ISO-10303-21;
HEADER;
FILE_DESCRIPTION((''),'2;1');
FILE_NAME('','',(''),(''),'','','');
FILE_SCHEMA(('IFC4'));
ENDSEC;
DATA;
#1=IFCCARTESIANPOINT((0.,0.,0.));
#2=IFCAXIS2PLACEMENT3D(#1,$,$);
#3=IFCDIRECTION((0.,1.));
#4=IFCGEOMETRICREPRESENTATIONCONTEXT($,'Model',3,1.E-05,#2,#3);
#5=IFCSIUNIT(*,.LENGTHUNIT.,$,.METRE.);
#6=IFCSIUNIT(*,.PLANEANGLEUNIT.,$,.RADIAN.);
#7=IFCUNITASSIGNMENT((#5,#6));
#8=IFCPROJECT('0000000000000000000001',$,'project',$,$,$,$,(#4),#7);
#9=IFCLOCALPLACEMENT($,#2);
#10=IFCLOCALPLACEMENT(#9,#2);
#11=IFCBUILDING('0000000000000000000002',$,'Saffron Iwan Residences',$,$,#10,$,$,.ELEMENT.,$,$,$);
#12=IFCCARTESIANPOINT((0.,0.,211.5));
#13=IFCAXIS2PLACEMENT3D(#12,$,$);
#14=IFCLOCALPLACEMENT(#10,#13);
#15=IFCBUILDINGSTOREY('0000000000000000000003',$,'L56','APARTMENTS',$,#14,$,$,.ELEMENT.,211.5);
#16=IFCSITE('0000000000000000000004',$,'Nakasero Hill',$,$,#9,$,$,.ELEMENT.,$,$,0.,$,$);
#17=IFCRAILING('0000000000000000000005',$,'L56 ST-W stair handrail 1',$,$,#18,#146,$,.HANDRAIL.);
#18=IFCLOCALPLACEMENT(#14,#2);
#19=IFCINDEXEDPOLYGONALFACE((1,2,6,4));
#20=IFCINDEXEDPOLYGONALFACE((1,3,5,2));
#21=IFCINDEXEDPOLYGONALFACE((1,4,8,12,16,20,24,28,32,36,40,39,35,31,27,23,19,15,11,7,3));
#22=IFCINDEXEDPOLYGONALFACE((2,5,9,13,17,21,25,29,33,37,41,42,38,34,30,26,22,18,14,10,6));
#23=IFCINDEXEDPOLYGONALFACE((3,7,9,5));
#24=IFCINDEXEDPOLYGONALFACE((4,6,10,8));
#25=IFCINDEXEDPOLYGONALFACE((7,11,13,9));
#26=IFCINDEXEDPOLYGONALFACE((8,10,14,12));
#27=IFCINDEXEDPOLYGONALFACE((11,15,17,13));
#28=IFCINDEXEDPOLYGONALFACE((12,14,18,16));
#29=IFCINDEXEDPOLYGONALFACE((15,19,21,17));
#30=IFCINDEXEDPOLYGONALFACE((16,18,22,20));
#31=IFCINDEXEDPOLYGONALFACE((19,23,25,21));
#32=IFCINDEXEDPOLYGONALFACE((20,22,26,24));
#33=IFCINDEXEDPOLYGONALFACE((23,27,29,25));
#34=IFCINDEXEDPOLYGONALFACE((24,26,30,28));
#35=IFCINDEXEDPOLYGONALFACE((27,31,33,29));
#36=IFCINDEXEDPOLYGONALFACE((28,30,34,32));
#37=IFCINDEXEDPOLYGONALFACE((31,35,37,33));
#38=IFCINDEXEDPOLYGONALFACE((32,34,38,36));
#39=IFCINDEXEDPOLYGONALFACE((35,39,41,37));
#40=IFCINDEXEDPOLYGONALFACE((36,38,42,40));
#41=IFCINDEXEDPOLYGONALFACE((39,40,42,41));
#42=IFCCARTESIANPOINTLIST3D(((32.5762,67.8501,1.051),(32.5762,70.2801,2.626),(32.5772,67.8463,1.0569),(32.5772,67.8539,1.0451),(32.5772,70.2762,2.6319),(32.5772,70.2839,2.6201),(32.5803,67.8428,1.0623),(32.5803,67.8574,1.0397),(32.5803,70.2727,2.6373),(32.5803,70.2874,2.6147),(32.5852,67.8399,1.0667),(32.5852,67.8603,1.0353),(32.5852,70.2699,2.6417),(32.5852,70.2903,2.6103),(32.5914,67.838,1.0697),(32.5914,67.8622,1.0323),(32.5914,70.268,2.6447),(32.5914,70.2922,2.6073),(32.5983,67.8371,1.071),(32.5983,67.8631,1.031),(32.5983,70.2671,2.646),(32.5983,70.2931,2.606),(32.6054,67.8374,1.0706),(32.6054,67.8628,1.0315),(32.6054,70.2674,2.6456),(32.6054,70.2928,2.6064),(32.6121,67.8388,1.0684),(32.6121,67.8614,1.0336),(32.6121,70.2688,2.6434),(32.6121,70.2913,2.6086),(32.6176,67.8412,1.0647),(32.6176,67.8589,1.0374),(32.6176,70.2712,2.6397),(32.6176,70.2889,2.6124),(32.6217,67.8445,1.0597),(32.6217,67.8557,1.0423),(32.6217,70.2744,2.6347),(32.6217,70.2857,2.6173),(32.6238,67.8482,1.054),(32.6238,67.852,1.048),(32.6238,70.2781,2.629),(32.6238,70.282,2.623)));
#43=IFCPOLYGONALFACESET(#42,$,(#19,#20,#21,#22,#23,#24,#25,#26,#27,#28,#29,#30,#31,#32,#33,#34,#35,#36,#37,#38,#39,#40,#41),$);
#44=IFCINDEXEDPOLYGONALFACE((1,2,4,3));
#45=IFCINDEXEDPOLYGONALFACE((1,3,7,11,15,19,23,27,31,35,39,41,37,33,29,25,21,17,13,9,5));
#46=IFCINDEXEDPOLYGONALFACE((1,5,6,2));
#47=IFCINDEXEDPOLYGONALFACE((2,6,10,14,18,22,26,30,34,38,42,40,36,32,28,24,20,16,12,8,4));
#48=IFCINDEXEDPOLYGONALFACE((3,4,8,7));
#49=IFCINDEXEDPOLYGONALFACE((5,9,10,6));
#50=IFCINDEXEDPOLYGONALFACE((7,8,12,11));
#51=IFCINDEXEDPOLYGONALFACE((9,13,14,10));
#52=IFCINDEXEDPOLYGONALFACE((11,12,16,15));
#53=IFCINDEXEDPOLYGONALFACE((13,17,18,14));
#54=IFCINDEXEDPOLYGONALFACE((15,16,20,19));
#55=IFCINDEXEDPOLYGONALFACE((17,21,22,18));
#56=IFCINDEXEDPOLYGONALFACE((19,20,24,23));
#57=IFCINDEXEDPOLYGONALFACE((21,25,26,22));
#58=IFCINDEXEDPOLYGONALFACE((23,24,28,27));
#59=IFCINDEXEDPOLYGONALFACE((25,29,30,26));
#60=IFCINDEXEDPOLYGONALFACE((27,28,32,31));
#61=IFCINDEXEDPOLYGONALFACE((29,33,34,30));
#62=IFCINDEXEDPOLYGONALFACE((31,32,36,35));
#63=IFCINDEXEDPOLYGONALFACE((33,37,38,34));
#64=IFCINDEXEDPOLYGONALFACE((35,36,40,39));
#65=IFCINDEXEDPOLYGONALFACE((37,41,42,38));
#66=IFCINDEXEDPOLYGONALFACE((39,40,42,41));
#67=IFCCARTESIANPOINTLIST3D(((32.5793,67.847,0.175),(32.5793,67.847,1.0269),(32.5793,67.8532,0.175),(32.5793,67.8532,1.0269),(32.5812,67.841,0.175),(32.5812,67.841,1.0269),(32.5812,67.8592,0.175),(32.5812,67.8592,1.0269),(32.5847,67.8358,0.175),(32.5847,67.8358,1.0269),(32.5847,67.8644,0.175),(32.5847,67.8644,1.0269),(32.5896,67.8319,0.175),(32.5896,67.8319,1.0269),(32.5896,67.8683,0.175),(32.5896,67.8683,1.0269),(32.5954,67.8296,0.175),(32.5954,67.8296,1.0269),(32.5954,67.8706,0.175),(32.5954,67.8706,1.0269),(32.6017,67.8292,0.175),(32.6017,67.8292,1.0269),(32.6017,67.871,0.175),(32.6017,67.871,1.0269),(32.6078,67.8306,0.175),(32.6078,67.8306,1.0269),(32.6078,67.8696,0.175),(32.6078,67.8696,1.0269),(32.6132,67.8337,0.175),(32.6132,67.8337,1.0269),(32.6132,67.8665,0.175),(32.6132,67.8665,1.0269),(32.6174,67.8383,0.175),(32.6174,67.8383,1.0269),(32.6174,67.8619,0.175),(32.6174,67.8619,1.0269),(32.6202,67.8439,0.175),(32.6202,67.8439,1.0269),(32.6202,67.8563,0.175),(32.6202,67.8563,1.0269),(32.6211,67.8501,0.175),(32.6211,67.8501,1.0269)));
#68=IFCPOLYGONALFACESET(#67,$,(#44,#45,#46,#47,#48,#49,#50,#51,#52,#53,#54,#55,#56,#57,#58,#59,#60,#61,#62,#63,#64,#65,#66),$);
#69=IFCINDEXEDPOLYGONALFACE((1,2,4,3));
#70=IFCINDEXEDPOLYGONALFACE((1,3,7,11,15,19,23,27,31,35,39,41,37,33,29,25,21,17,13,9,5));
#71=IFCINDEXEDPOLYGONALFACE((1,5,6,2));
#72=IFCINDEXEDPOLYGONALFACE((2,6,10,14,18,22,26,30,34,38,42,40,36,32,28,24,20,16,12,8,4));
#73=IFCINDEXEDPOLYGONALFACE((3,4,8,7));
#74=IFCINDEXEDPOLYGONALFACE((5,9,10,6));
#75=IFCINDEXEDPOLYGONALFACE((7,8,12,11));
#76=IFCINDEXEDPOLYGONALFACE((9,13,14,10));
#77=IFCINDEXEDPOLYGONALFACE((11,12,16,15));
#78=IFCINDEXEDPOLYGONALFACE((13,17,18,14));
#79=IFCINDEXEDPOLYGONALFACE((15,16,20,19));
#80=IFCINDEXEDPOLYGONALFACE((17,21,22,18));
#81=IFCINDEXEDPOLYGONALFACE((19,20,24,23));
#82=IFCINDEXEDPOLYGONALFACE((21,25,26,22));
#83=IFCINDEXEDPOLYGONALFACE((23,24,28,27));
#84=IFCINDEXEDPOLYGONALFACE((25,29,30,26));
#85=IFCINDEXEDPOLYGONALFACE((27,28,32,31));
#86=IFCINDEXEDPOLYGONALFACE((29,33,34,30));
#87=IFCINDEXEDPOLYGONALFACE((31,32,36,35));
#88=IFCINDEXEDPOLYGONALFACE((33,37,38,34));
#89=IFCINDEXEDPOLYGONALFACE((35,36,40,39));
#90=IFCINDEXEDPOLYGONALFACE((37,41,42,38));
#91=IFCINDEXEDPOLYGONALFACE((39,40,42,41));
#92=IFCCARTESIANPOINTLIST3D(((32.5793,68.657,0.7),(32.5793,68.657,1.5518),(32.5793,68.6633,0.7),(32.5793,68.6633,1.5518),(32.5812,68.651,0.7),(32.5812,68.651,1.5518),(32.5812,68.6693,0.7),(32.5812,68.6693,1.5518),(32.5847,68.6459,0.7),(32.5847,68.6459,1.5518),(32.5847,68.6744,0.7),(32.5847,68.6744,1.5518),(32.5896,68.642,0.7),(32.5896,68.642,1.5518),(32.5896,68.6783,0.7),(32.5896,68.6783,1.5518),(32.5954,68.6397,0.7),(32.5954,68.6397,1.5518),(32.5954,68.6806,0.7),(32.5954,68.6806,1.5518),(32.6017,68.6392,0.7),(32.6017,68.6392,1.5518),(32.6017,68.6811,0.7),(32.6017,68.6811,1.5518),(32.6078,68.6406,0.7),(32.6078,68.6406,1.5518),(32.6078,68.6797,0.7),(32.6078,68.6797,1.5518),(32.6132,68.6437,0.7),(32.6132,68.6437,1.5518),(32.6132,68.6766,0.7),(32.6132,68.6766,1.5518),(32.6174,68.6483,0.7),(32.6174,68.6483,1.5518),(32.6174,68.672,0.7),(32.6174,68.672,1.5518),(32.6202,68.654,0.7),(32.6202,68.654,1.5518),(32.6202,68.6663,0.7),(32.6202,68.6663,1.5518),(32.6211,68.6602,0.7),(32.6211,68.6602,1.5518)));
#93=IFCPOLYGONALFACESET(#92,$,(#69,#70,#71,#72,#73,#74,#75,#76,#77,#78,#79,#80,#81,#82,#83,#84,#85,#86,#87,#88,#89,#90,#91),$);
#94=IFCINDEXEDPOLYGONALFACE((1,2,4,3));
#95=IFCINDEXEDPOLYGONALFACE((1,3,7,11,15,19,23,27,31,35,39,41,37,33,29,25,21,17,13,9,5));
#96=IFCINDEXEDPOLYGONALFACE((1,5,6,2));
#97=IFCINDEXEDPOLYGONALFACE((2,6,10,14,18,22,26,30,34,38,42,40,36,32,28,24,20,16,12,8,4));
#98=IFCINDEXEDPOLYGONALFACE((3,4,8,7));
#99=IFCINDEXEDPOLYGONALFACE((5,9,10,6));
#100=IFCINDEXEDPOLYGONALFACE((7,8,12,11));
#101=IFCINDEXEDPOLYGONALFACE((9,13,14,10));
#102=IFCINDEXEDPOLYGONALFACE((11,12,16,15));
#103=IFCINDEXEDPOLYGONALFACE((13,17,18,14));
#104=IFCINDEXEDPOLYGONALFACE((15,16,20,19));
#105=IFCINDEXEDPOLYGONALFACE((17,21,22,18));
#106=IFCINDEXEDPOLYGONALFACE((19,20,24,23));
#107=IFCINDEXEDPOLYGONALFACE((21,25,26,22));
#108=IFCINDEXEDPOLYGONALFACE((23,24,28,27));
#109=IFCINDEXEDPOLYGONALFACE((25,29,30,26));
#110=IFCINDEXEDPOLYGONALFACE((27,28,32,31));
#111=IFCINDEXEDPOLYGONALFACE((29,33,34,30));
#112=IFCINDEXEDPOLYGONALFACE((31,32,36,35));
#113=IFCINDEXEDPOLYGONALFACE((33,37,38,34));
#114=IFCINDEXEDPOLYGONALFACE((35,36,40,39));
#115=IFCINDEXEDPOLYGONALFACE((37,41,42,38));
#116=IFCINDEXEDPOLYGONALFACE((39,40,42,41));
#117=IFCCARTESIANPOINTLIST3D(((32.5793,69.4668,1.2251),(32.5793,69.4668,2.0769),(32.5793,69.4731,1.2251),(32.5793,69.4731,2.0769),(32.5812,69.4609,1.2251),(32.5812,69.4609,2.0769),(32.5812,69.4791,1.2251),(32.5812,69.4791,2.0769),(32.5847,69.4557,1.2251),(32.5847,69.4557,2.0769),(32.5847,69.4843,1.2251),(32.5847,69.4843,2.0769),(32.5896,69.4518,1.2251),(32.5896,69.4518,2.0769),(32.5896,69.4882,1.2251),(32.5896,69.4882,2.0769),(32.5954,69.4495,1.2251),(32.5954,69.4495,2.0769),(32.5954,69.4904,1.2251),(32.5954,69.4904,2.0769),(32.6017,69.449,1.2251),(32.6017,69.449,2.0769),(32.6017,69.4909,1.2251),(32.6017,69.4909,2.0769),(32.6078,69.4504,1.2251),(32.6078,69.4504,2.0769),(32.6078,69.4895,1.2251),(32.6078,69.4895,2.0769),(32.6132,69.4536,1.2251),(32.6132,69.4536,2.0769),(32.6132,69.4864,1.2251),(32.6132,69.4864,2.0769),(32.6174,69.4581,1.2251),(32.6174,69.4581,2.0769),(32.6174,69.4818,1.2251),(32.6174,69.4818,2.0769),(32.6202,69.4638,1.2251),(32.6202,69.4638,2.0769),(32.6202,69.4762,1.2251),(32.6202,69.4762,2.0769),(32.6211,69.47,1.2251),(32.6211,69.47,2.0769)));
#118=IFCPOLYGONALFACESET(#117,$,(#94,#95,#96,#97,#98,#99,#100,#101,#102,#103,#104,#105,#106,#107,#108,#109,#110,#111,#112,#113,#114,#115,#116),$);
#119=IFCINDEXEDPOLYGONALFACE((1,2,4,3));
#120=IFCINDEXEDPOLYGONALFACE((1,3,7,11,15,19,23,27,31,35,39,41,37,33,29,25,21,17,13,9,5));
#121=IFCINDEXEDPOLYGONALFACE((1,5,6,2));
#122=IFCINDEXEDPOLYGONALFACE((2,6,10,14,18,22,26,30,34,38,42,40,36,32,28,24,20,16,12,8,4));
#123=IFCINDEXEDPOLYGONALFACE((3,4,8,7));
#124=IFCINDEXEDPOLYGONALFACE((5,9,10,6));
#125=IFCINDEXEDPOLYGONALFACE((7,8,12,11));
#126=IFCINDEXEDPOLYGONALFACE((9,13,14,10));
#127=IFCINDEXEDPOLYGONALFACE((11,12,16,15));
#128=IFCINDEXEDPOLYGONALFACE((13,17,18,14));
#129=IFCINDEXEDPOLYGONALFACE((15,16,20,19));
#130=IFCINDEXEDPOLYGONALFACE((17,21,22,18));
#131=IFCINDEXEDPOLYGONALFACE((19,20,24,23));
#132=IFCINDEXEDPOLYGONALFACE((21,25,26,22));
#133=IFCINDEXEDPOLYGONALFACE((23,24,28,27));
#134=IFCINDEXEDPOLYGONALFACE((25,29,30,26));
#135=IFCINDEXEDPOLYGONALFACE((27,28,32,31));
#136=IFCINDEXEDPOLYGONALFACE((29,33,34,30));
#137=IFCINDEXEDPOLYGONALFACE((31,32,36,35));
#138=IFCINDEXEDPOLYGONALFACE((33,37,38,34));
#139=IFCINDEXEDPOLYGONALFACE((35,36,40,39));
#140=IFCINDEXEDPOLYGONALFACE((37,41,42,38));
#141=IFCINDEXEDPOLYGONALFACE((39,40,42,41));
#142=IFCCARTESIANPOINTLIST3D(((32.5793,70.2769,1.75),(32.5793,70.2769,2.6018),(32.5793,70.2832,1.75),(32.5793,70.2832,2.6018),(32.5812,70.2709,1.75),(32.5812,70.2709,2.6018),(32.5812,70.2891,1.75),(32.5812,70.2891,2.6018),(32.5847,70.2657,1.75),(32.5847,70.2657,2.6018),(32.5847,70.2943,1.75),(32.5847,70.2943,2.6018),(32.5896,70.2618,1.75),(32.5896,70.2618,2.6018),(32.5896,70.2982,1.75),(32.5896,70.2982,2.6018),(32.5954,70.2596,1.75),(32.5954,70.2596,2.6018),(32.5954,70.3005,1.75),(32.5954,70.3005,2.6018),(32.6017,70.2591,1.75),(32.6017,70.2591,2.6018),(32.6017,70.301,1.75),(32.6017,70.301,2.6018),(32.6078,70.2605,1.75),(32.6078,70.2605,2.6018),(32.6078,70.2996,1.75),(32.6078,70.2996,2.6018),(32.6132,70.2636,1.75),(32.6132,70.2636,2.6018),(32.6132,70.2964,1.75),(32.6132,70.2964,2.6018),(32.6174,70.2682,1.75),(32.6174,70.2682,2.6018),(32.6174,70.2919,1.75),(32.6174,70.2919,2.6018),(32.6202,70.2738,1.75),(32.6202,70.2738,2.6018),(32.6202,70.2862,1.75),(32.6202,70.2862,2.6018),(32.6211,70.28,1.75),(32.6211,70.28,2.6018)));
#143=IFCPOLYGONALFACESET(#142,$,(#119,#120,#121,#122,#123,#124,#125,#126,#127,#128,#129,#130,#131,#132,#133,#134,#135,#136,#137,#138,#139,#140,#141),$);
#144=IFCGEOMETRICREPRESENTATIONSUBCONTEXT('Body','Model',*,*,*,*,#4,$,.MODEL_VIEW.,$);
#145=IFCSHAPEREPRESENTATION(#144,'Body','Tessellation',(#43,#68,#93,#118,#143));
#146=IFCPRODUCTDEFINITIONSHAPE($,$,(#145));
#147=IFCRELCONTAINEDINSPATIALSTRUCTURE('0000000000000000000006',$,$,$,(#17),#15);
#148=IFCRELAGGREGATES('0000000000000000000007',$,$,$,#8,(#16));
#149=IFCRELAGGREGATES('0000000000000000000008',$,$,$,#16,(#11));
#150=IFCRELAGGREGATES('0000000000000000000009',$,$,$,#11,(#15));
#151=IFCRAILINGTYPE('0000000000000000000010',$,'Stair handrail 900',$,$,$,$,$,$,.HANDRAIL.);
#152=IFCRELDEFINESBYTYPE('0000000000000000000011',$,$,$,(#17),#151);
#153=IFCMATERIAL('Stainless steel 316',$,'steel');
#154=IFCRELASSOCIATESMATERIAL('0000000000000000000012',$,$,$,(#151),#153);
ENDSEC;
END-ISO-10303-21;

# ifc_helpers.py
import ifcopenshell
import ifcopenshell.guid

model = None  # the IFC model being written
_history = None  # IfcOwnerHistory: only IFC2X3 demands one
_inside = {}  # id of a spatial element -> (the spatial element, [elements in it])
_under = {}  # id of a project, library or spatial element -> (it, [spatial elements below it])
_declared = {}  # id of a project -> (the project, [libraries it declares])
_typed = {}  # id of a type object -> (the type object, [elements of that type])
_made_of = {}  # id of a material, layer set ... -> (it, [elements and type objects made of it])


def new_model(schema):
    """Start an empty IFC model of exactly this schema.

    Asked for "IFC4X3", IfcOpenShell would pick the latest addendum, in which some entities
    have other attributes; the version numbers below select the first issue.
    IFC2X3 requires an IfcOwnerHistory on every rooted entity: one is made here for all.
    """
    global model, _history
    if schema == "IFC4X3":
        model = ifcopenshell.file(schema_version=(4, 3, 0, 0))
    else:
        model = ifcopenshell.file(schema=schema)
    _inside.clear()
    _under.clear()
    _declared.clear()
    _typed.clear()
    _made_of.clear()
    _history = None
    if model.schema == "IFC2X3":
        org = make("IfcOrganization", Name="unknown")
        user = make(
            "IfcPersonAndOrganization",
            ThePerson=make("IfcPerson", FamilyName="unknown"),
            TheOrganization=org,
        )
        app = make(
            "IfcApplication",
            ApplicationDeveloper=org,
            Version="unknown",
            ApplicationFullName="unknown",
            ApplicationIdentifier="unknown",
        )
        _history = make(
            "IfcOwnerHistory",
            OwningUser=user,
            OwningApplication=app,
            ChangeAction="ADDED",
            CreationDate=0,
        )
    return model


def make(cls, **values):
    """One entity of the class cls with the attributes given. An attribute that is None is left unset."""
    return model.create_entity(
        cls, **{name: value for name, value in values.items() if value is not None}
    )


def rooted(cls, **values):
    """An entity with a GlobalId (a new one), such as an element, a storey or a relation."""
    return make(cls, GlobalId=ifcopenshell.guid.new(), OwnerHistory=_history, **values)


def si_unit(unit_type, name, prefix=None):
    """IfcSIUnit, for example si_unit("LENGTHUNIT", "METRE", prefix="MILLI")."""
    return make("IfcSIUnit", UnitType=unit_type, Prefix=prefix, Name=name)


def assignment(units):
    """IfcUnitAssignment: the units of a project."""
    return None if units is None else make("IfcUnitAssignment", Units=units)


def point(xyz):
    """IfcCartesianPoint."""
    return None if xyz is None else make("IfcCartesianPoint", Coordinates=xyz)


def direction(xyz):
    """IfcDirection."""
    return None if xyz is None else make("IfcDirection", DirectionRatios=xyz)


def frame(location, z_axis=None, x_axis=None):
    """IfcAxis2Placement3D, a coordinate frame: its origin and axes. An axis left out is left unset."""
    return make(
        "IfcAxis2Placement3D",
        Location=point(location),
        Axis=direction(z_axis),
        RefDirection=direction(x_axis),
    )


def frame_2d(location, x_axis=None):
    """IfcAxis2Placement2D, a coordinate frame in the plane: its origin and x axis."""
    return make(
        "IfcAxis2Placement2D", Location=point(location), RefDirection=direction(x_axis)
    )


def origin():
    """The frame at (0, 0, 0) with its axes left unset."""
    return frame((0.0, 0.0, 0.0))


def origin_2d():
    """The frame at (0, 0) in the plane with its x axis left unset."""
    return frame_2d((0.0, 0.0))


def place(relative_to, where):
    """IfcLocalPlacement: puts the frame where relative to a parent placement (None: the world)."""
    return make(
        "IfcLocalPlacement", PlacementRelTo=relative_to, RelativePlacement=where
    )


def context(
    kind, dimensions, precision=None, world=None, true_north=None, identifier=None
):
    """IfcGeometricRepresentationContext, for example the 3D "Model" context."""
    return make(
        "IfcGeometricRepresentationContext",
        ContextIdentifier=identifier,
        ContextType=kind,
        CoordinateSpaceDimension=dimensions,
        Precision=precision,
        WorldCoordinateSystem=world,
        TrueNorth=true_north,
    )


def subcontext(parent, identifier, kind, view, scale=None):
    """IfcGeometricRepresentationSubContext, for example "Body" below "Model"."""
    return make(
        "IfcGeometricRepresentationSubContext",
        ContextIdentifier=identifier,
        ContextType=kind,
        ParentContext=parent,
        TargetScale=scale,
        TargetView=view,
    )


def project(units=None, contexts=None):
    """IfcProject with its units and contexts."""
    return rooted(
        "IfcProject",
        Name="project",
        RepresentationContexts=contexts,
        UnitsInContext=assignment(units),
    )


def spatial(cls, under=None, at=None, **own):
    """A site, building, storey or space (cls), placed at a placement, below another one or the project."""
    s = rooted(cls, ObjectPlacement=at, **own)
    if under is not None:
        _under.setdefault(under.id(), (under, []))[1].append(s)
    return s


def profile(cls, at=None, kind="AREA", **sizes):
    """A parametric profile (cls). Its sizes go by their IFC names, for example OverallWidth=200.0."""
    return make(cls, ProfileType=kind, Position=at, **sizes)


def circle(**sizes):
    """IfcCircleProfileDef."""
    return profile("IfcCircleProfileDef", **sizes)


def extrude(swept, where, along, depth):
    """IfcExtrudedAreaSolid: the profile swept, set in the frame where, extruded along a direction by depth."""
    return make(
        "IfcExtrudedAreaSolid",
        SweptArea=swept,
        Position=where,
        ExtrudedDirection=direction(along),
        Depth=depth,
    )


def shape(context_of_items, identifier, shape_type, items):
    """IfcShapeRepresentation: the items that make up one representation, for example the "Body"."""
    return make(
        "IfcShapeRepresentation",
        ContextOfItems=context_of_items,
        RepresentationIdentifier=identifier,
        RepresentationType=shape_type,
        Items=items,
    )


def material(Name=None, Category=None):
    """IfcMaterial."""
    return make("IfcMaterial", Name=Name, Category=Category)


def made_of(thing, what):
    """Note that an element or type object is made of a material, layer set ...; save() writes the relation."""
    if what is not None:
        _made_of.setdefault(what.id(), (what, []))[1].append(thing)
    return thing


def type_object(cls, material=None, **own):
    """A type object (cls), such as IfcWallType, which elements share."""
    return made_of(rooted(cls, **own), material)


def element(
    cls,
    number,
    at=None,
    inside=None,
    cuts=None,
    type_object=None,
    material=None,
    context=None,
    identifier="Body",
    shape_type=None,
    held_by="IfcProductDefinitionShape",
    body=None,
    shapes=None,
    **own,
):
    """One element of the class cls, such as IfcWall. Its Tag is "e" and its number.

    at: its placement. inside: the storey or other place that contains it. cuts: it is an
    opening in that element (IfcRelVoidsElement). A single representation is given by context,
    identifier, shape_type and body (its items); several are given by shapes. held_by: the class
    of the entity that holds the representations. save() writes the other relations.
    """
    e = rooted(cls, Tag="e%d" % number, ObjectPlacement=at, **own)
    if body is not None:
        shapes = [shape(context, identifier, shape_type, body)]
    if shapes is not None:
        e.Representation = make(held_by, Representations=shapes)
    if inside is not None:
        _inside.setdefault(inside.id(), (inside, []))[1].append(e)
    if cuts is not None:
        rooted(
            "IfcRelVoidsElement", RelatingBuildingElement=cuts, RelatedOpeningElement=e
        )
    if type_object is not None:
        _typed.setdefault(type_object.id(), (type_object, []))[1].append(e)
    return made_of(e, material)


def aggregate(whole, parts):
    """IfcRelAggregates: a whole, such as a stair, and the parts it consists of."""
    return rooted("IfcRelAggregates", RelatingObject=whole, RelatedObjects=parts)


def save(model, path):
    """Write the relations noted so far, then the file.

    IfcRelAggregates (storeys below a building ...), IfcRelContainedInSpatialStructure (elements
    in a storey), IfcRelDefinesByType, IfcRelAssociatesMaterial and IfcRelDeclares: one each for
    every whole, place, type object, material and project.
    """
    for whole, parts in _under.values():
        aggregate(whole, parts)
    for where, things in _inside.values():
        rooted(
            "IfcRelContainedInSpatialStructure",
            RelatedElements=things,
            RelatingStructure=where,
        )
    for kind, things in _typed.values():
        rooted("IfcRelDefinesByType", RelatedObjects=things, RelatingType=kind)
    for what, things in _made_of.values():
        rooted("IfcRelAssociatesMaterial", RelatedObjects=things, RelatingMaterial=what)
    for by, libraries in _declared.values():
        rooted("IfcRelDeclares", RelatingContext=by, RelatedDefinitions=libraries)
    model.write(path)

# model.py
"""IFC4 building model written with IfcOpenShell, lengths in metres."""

from ifc_helpers import new_model, si_unit, direction, frame, origin, origin_2d, place, context, subcontext, project, spatial, circle, extrude, material, type_object, element, save


model = new_model("IFC4")

# Units and contexts
model_context = context("Model", 3, precision=1e-05, world=origin(), true_north=direction((0.0, 1.0)))
body_context = subcontext(model_context, "Body", "Model", "MODEL_VIEW")
ifc_project = project(units=[si_unit("LENGTHUNIT", "METRE"), si_unit("PLANEANGLEUNIT", "RADIAN")], contexts=[model_context])

# Site, building, storey
site_placement = place(None, origin())
site = spatial("IfcSite", under=ifc_project, at=site_placement, Name="Nakasero Hill", CompositionType="ELEMENT", RefElevation=0.0)
building_placement = place(site_placement, origin())
building = spatial("IfcBuilding", under=site, at=building_placement, Name="Saffron Iwan Residences", CompositionType="ELEMENT")
storey_placement = place(building_placement, frame((0.0, 0.0, 211.5)))
storey = spatial("IfcBuildingStorey", under=building, at=storey_placement, Name="L56", Description="APARTMENTS", CompositionType="ELEMENT", Elevation=211.5)

# Railing
ifc_material_1 = material(Name="Stainless steel 316", Category="steel")
railing_type_1 = type_object("IfcRailingType", Name="Stair handrail 900", PredefinedType="HANDRAIL", material=ifc_material_1)
railing_1_placement = place(storey_placement, frame((32.6001, 67.8501, 0.175)))
element("IfcRailing", 1, at=railing_1_placement, inside=storey, type_object=railing_type_1, Name="L56 ST-W stair handrail 1", PredefinedType="HANDRAIL", context=body_context, shape_type="SweptSolid", body=[
    extrude(circle(Radius=0.0239, at=origin_2d()), frame((0.0, 0.0, 0.876), z_axis=(0.0, 0.839154, 0.543894), x_axis=(-1.0, 0.0, 0.0)), (0.0, 0.0, 1.0), 2.8958),
    extrude(circle(Radius=0.021, at=origin_2d()), origin(), (0.0, 0.0, 1.0), 0.8518),
    extrude(circle(Radius=0.021, at=origin_2d()), frame((0.0, 0.8101, 0.5249)), (0.0, 0.0, 1.0), 0.8518),
    extrude(circle(Radius=0.021, at=origin_2d()), frame((0.0, 1.6199, 1.05)), (0.0, 0.0, 1.0), 0.8518),
    extrude(circle(Radius=0.021, at=origin_2d()), frame((0.0, 2.4299, 1.575)), (0.0, 0.0, 1.0), 0.8518),
])

save(model, "model.ifc")
